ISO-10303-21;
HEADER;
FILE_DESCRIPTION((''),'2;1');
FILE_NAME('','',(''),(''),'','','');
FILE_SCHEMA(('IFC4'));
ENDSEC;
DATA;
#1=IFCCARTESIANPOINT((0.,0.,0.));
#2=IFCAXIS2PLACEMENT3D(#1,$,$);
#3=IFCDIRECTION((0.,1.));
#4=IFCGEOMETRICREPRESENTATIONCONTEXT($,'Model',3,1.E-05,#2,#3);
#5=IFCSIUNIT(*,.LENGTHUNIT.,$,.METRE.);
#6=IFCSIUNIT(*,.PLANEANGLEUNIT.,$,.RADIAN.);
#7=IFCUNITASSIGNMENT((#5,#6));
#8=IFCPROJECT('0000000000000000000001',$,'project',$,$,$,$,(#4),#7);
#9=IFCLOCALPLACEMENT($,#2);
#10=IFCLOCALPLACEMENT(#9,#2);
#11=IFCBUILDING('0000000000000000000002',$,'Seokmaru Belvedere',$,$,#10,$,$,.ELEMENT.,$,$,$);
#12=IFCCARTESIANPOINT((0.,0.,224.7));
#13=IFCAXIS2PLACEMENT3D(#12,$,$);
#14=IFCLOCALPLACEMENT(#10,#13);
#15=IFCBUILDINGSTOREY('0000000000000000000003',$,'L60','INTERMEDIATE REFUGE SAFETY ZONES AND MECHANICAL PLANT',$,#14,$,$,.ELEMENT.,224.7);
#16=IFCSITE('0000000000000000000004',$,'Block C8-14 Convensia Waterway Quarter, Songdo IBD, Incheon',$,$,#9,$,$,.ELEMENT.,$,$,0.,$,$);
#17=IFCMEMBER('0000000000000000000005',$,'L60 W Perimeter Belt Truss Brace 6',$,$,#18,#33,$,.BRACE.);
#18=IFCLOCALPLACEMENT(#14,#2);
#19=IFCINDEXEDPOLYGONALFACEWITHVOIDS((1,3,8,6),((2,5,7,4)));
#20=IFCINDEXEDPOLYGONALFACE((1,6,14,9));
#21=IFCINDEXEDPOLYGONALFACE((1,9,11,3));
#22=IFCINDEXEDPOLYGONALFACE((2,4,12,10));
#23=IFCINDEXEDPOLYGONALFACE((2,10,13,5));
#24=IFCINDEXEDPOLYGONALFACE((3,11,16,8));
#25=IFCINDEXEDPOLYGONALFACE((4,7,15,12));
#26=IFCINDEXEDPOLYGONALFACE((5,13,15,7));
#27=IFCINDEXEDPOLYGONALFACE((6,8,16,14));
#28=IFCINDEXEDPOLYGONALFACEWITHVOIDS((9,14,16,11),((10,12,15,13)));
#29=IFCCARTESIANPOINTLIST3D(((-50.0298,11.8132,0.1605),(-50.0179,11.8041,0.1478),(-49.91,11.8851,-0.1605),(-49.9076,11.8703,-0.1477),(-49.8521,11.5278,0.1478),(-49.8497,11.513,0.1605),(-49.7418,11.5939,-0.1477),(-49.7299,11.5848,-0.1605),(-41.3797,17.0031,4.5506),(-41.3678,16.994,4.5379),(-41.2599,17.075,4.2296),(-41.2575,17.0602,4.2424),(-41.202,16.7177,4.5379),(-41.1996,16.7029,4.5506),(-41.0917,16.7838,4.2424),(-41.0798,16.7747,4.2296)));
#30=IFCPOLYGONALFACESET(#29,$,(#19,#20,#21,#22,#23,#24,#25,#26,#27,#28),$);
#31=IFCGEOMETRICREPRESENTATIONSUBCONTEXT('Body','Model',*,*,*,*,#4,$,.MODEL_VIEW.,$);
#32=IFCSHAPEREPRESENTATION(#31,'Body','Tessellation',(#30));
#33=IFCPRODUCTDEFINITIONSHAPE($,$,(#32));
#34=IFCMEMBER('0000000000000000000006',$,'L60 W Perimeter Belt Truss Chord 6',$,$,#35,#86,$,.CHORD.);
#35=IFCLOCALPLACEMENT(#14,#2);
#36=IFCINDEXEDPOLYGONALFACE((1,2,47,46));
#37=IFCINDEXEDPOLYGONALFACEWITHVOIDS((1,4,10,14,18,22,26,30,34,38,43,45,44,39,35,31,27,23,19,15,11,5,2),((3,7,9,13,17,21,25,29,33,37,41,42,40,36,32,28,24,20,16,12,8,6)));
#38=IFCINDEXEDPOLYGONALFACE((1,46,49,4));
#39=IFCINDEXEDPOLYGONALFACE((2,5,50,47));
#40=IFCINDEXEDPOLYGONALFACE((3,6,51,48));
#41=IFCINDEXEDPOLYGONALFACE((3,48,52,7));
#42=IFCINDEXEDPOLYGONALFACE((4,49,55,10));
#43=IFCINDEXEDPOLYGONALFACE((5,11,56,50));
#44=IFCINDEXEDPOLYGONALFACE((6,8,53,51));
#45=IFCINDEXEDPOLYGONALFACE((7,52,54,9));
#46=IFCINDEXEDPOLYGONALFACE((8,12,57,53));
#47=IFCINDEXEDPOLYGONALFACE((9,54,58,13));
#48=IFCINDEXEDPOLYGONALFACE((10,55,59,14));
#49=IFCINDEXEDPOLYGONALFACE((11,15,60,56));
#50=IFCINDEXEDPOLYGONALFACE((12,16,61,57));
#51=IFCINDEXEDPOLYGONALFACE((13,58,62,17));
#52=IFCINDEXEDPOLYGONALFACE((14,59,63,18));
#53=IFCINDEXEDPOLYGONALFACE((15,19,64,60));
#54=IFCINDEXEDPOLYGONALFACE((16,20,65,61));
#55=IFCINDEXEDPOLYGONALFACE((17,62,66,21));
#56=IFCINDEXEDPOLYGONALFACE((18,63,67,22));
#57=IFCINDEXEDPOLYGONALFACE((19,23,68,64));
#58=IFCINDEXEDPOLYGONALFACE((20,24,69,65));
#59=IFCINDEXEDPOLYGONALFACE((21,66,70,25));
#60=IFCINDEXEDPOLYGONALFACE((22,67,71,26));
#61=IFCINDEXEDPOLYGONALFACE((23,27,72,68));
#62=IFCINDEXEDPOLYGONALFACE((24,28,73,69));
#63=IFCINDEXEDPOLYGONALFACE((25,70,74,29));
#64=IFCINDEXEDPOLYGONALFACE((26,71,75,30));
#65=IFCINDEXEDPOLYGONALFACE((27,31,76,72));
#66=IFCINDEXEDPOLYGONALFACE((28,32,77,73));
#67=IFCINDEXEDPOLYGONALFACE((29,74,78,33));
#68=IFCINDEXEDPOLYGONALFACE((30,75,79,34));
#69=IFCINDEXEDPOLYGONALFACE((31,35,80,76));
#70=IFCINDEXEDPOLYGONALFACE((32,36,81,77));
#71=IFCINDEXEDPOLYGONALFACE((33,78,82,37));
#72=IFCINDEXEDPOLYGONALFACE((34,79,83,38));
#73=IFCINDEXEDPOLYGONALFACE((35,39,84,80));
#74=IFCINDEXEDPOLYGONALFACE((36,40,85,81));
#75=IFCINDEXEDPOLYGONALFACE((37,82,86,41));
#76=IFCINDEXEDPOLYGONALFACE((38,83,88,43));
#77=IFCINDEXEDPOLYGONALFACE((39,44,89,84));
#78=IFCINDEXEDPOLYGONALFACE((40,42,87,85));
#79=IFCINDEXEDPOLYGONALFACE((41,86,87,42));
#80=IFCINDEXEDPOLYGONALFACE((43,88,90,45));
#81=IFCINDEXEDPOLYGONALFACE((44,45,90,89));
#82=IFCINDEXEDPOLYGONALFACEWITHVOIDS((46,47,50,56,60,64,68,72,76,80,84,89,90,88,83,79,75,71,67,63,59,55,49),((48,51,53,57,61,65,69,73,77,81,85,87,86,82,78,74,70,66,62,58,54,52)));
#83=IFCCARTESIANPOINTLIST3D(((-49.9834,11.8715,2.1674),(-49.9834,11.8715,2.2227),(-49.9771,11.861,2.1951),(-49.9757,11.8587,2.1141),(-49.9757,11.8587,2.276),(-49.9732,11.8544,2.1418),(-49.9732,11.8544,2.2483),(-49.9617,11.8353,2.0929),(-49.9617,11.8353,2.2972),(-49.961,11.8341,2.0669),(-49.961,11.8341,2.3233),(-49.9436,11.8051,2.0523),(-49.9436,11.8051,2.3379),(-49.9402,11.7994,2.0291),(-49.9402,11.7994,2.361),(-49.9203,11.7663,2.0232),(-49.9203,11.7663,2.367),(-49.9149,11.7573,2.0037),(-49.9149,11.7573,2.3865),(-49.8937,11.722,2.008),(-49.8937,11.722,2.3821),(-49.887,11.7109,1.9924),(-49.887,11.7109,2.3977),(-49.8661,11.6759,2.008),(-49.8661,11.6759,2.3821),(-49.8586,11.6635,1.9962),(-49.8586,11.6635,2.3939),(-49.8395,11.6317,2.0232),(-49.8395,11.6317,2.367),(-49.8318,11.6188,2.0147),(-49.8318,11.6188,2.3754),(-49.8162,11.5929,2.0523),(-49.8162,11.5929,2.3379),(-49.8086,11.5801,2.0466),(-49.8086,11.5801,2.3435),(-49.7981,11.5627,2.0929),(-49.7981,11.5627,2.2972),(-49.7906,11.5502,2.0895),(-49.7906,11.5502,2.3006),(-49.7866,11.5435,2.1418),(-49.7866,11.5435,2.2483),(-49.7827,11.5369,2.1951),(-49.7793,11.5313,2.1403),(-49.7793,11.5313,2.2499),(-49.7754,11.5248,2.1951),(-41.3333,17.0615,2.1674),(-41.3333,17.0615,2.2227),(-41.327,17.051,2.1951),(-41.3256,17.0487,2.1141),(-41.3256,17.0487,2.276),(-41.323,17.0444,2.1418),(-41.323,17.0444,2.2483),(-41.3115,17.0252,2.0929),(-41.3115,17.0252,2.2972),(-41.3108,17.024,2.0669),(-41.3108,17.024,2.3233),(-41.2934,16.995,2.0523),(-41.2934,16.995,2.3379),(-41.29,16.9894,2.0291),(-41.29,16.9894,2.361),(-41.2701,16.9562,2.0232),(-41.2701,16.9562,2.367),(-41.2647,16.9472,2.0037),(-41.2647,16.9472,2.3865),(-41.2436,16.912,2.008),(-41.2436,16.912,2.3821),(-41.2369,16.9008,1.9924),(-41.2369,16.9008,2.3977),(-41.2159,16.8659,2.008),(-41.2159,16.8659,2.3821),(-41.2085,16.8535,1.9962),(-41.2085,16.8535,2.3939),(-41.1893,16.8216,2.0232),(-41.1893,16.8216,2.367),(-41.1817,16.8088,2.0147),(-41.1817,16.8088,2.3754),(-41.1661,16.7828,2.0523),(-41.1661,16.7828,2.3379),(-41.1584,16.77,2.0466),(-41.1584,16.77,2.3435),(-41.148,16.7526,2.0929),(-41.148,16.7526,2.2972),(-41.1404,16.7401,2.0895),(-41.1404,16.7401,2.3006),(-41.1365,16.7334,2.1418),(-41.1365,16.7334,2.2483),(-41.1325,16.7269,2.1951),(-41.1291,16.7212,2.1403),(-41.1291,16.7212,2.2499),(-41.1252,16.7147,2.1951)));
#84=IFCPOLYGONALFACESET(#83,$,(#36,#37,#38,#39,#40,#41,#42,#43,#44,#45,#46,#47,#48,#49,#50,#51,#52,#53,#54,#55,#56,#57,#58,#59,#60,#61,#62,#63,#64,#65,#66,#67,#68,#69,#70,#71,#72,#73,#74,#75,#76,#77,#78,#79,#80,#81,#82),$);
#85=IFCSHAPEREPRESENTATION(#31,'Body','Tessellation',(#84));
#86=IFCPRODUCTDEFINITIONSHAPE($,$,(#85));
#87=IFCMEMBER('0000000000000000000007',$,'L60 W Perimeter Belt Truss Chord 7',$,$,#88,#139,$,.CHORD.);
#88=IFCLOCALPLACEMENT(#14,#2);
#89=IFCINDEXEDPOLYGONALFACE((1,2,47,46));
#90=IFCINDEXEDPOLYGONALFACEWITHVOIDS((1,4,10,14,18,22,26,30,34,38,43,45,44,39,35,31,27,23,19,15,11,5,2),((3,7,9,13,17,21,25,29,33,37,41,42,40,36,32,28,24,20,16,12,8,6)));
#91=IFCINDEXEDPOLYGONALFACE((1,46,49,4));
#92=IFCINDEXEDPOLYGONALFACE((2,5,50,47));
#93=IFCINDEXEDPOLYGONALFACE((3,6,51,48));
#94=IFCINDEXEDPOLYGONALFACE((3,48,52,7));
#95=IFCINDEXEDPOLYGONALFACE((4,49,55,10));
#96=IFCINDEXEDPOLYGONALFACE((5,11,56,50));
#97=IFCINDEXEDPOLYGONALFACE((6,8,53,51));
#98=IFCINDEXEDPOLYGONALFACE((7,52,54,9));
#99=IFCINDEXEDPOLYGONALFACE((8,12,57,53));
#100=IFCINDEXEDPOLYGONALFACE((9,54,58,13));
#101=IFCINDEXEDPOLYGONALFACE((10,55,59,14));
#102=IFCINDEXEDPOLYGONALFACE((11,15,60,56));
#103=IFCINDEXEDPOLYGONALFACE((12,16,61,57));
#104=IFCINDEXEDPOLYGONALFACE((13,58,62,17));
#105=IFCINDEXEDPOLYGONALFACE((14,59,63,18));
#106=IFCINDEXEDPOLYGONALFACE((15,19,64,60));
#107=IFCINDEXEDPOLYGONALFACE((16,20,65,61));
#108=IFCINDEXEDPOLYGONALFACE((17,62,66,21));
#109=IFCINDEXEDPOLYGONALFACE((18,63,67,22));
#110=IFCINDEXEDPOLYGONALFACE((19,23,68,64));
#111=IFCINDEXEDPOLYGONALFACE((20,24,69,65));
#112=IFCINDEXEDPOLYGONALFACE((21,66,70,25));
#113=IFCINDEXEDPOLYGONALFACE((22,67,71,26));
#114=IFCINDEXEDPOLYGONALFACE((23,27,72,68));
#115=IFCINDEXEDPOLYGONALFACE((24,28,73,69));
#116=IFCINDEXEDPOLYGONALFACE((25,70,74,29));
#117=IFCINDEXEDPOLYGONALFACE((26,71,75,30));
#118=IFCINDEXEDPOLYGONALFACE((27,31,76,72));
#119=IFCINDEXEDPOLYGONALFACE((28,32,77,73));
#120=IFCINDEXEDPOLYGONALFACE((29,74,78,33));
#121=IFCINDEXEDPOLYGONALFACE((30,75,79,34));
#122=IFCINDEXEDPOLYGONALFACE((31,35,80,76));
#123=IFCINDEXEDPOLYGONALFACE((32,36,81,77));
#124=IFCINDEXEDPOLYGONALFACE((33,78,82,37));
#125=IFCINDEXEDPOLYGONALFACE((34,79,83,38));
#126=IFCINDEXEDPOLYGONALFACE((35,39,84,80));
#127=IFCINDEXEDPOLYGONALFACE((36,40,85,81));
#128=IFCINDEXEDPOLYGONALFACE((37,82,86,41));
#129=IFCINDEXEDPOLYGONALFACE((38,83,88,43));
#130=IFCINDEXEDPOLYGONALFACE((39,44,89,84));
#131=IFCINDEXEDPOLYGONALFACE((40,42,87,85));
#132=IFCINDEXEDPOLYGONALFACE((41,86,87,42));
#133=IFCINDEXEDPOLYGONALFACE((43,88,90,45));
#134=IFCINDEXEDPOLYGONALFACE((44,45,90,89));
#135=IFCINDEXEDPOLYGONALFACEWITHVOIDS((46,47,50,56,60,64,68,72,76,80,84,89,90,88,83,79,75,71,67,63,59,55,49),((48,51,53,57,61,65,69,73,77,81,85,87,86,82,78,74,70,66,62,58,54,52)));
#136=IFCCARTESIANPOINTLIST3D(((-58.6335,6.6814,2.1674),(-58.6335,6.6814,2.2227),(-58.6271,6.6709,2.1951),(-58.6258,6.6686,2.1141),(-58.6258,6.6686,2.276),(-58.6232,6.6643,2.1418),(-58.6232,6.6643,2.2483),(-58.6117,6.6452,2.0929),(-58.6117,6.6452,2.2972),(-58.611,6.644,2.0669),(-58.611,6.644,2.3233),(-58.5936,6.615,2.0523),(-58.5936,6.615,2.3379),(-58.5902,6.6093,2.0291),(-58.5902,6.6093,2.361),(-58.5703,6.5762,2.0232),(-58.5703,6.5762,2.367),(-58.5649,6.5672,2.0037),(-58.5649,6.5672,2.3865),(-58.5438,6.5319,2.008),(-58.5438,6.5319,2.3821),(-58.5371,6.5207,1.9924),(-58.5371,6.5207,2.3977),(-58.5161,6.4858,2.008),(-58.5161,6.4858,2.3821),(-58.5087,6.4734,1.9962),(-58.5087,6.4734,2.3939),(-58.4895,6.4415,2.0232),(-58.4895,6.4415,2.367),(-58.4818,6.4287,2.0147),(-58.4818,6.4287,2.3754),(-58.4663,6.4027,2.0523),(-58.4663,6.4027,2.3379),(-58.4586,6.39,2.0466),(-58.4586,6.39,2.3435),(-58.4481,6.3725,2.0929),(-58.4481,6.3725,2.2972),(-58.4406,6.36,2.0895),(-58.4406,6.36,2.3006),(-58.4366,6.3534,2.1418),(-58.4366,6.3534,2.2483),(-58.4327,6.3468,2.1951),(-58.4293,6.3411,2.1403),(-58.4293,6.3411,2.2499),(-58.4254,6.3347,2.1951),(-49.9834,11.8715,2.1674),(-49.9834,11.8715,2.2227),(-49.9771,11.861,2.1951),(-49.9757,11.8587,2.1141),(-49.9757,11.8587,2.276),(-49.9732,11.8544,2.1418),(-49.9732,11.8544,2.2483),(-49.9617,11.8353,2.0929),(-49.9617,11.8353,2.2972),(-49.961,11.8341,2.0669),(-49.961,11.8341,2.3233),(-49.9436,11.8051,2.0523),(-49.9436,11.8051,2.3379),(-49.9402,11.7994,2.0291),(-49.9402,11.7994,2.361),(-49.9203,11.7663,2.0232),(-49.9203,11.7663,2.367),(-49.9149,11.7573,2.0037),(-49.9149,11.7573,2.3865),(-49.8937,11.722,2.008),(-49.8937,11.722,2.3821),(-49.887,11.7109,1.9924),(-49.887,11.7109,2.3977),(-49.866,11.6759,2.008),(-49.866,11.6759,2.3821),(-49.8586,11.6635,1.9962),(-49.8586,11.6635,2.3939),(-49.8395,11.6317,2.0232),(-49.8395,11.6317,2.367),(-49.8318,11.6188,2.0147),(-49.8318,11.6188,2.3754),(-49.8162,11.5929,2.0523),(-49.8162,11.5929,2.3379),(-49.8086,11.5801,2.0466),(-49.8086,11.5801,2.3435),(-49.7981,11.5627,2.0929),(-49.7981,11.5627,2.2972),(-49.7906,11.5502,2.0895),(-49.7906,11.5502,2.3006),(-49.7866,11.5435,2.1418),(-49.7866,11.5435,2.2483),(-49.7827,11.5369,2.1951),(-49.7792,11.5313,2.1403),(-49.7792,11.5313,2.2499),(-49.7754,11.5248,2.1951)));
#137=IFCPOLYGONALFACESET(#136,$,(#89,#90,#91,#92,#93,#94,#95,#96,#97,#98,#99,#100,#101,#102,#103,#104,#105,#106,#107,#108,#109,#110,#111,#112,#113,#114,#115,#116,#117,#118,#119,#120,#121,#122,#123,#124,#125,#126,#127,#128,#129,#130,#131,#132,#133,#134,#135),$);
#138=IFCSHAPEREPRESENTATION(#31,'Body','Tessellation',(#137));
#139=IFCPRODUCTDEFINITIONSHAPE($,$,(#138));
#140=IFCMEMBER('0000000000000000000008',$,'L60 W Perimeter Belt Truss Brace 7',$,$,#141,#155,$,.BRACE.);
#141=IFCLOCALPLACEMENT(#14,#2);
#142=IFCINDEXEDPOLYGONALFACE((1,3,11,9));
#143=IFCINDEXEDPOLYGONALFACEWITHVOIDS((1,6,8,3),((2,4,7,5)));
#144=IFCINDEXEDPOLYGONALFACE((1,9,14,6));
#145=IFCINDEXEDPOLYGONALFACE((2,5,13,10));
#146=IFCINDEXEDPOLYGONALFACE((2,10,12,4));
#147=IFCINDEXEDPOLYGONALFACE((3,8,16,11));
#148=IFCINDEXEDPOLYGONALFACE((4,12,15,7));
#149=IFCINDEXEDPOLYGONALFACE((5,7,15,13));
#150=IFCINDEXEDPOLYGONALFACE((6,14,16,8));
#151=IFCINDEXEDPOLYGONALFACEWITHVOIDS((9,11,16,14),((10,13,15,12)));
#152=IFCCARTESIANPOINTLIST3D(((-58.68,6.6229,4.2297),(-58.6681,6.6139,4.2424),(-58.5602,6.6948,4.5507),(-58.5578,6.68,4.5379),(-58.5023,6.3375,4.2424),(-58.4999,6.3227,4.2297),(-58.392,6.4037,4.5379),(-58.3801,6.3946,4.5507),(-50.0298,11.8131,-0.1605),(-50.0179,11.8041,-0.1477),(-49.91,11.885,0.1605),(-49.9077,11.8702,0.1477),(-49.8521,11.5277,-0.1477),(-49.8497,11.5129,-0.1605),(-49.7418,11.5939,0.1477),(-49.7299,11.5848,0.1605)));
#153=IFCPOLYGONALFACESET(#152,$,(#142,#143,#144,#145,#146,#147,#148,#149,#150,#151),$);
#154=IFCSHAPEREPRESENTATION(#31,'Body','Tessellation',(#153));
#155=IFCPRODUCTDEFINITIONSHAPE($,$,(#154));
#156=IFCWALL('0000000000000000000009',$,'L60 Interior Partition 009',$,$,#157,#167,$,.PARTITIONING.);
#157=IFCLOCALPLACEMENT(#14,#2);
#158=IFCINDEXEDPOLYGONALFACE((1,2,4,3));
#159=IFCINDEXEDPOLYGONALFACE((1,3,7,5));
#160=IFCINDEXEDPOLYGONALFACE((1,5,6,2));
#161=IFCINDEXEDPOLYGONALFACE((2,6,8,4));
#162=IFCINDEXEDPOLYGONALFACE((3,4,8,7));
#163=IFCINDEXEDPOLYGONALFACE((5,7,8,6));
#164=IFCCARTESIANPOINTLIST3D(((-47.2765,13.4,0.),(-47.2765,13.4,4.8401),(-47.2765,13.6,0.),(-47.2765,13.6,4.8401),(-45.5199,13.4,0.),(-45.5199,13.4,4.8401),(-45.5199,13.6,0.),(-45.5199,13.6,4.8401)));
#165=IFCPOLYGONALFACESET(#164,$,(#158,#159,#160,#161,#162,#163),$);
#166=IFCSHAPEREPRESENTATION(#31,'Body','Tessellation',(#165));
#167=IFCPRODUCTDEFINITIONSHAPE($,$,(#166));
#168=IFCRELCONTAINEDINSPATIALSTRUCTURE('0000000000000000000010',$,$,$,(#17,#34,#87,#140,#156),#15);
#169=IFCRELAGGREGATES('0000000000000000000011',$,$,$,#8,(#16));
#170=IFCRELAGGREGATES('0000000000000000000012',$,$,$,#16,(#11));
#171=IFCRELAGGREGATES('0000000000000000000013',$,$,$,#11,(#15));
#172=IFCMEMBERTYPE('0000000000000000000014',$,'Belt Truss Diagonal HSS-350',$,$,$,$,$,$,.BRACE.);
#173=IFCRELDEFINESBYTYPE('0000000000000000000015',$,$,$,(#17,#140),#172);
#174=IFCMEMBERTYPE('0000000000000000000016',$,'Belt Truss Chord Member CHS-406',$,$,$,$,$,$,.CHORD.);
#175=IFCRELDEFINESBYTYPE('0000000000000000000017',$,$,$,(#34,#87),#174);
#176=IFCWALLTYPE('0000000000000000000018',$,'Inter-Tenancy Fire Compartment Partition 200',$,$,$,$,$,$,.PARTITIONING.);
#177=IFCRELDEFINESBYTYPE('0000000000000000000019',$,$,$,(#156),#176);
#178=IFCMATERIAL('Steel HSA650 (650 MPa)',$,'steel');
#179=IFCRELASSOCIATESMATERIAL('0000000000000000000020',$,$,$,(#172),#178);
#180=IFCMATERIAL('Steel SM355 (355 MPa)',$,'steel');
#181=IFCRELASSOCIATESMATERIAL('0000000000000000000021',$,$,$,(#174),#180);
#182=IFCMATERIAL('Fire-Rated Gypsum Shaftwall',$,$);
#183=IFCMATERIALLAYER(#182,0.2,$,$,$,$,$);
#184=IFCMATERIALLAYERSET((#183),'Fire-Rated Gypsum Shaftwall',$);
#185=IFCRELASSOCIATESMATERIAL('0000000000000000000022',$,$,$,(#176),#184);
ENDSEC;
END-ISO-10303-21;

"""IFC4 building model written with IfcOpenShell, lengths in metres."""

from ifc_helpers import new_model, si_unit, direction, frame, frame_2d, origin, origin_2d, place, context, subcontext, project, spatial, rectangle, hollow_rectangle, hollow_circle, extrude, source, transform, mapped, material, layer, layer_set, material_profile, profile_set, type_object, type_shapes, element, save


model = new_model("IFC4")

# Units and contexts
model_context = context("Model", 3, precision=1e-05, world=origin(), true_north=direction((0.0, 1.0)))
body_context = subcontext(model_context, "Body", "Model", "MODEL_VIEW")
ifc_project = project(units=[si_unit("LENGTHUNIT", "METRE"), si_unit("PLANEANGLEUNIT", "RADIAN")], contexts=[model_context])

# Site, building, storey
site_placement = place(None, origin())
site = spatial("IfcSite", under=ifc_project, at=site_placement, Name="Block C8-14 Convensia Waterway Quarter, Songdo IBD, Incheon", CompositionType="ELEMENT", RefElevation=0.0)
building_placement = place(site_placement, origin())
building = spatial("IfcBuilding", under=site, at=building_placement, Name="Seokmaru Belvedere", CompositionType="ELEMENT")
storey_placement = place(building_placement, frame((0.0, 0.0, 224.7)))
storey = spatial("IfcBuildingStorey", under=building, at=storey_placement, Name="L60", Description="INTERMEDIATE REFUGE SAFETY ZONES AND MECHANICAL PLANT", CompositionType="ELEMENT", Elevation=224.7)

# Shared definitions
ifc_material_1 = material(Name="Steel SM355 (355 MPa)", Category="steel")

# Members
ifc_material_2 = material(Name="Steel HSA650 (650 MPa)", Category="steel")
ifc_material_profile_1 = material_profile(ifc_material_2, hollow_rectangle(XDim=0.3501, YDim=0.3501, WallThickness=0.0139, at=origin_2d()), Name="HSS-350x350x14")
ifc_profile_set_1 = profile_set([ifc_material_profile_1], Name="Steel HSA650 (650 MPa)")
member_type_1 = type_object("IfcMemberType", Name="Belt Truss Diagonal HSS-350", PredefinedType="BRACE", material=ifc_profile_set_1)
shared_shape_1 = source(origin(), body_context, "Body", "SweptSolid", [
    extrude(hollow_rectangle(XDim=0.3501, YDim=0.3501, WallThickness=0.0139, at=origin_2d()), origin(), (0.0, 0.0, 1.0), 11.0015),
])
member_1_placement = place(storey_placement, frame((-41.2297, 16.8889, 4.3901), z_axis=(-0.786267, -0.471747, -0.399048), x_axis=(0.514485, -0.857499, 0.0)))
element("IfcMember", 1, at=member_1_placement, inside=storey, type_object=member_type_1, Name="L60 W Perimeter Belt Truss Brace 6", PredefinedType="BRACE", context=body_context, shape_type="MappedRepresentation", body=[
    mapped(shared_shape_1, transform((0.0, 0.0, 0.0), scale=1.0)),
])
ifc_material_profile_2 = material_profile(ifc_material_1, hollow_circle(Radius=0.2031, WallThickness=0.0142, at=origin_2d()), Name="CHS-406.4x14.2")
ifc_profile_set_2 = profile_set([ifc_material_profile_2], Name="Steel SM355 (355 MPa)")
member_type_2 = type_object("IfcMemberType", Name="Belt Truss Chord Member CHS-406", PredefinedType="CHORD", material=ifc_profile_set_2)
shared_shape_2 = source(origin(), body_context, "Body", "SweptSolid", [
    extrude(hollow_circle(Radius=0.2031, WallThickness=0.0142, at=origin_2d()), origin(), (0.0, 0.0, 1.0), 10.0876),
])
type_shapes(member_type_2, [shared_shape_2])
for number, where, z_axis, x_axis, name in (
    (2, (-41.2297, 16.8889, 2.1951), (-0.857499, -0.514485, 0.0), (0.514485, -0.857499, 0.0), "L60 W Perimeter Belt Truss Chord 6"),
    (3, (-49.8799, 11.699, 2.1951), (-0.857489, -0.514503, 0.0), (0.514503, -0.857489, 0.0), "L60 W Perimeter Belt Truss Chord 7"),
):
    element("IfcMember", number, at=place(storey_placement, frame(where, z_axis=z_axis, x_axis=x_axis)), inside=storey, type_object=member_type_2, Name=name, PredefinedType="CHORD", context=body_context, shape_type="MappedRepresentation", body=[
        mapped(shared_shape_2, transform((0.0, 0.0, 0.0), scale=1.0)),
    ])
shared_shape_3 = source(origin(), body_context, "Body", "SweptSolid", [
    extrude(hollow_rectangle(XDim=0.3501, YDim=0.3501, WallThickness=0.0139, at=origin_2d()), origin(), (0.0, 0.0, 1.0), 11.0017),
])
type_shapes(member_type_1, [shared_shape_1, shared_shape_3])
member_2_placement = place(storey_placement, frame((-49.8799, 11.699, 0.0), z_axis=(-0.786259, -0.471764, 0.399043), x_axis=(0.514503, -0.857489, 0.0)))
element("IfcMember", 4, at=member_2_placement, inside=storey, type_object=member_type_1, Name="L60 W Perimeter Belt Truss Brace 7", PredefinedType="BRACE", context=body_context, shape_type="MappedRepresentation", body=[
    mapped(shared_shape_3, transform((0.0, 0.0, 0.0), scale=1.0)),
])

# Wall
ifc_material_3 = material(Name="Fire-Rated Gypsum Shaftwall")
ifc_layer = layer(ifc_material_3, 0.2)
ifc_layer_set = layer_set([ifc_layer], Name="Fire-Rated Gypsum Shaftwall")
wall_type = type_object("IfcWallType", Name="Inter-Tenancy Fire Compartment Partition 200", PredefinedType="PARTITIONING", material=ifc_layer_set)
wall_1_placement = place(storey_placement, frame((-47.2766, 13.5, 0.0), z_axis=(0.0, 0.0, 1.0), x_axis=(1.0, 0.0, 0.0)))
element("IfcWall", 5, at=wall_1_placement, inside=storey, type_object=wall_type, Name="L60 Interior Partition 009", PredefinedType="PARTITIONING", context=body_context, shape_type="SweptSolid", body=[
    extrude(rectangle(XDim=1.7566, YDim=0.2, at=frame_2d((0.8784, 0.0))), origin(), (0.0, 0.0, 1.0), 4.8401),
])

save(model, "model.ifc")
